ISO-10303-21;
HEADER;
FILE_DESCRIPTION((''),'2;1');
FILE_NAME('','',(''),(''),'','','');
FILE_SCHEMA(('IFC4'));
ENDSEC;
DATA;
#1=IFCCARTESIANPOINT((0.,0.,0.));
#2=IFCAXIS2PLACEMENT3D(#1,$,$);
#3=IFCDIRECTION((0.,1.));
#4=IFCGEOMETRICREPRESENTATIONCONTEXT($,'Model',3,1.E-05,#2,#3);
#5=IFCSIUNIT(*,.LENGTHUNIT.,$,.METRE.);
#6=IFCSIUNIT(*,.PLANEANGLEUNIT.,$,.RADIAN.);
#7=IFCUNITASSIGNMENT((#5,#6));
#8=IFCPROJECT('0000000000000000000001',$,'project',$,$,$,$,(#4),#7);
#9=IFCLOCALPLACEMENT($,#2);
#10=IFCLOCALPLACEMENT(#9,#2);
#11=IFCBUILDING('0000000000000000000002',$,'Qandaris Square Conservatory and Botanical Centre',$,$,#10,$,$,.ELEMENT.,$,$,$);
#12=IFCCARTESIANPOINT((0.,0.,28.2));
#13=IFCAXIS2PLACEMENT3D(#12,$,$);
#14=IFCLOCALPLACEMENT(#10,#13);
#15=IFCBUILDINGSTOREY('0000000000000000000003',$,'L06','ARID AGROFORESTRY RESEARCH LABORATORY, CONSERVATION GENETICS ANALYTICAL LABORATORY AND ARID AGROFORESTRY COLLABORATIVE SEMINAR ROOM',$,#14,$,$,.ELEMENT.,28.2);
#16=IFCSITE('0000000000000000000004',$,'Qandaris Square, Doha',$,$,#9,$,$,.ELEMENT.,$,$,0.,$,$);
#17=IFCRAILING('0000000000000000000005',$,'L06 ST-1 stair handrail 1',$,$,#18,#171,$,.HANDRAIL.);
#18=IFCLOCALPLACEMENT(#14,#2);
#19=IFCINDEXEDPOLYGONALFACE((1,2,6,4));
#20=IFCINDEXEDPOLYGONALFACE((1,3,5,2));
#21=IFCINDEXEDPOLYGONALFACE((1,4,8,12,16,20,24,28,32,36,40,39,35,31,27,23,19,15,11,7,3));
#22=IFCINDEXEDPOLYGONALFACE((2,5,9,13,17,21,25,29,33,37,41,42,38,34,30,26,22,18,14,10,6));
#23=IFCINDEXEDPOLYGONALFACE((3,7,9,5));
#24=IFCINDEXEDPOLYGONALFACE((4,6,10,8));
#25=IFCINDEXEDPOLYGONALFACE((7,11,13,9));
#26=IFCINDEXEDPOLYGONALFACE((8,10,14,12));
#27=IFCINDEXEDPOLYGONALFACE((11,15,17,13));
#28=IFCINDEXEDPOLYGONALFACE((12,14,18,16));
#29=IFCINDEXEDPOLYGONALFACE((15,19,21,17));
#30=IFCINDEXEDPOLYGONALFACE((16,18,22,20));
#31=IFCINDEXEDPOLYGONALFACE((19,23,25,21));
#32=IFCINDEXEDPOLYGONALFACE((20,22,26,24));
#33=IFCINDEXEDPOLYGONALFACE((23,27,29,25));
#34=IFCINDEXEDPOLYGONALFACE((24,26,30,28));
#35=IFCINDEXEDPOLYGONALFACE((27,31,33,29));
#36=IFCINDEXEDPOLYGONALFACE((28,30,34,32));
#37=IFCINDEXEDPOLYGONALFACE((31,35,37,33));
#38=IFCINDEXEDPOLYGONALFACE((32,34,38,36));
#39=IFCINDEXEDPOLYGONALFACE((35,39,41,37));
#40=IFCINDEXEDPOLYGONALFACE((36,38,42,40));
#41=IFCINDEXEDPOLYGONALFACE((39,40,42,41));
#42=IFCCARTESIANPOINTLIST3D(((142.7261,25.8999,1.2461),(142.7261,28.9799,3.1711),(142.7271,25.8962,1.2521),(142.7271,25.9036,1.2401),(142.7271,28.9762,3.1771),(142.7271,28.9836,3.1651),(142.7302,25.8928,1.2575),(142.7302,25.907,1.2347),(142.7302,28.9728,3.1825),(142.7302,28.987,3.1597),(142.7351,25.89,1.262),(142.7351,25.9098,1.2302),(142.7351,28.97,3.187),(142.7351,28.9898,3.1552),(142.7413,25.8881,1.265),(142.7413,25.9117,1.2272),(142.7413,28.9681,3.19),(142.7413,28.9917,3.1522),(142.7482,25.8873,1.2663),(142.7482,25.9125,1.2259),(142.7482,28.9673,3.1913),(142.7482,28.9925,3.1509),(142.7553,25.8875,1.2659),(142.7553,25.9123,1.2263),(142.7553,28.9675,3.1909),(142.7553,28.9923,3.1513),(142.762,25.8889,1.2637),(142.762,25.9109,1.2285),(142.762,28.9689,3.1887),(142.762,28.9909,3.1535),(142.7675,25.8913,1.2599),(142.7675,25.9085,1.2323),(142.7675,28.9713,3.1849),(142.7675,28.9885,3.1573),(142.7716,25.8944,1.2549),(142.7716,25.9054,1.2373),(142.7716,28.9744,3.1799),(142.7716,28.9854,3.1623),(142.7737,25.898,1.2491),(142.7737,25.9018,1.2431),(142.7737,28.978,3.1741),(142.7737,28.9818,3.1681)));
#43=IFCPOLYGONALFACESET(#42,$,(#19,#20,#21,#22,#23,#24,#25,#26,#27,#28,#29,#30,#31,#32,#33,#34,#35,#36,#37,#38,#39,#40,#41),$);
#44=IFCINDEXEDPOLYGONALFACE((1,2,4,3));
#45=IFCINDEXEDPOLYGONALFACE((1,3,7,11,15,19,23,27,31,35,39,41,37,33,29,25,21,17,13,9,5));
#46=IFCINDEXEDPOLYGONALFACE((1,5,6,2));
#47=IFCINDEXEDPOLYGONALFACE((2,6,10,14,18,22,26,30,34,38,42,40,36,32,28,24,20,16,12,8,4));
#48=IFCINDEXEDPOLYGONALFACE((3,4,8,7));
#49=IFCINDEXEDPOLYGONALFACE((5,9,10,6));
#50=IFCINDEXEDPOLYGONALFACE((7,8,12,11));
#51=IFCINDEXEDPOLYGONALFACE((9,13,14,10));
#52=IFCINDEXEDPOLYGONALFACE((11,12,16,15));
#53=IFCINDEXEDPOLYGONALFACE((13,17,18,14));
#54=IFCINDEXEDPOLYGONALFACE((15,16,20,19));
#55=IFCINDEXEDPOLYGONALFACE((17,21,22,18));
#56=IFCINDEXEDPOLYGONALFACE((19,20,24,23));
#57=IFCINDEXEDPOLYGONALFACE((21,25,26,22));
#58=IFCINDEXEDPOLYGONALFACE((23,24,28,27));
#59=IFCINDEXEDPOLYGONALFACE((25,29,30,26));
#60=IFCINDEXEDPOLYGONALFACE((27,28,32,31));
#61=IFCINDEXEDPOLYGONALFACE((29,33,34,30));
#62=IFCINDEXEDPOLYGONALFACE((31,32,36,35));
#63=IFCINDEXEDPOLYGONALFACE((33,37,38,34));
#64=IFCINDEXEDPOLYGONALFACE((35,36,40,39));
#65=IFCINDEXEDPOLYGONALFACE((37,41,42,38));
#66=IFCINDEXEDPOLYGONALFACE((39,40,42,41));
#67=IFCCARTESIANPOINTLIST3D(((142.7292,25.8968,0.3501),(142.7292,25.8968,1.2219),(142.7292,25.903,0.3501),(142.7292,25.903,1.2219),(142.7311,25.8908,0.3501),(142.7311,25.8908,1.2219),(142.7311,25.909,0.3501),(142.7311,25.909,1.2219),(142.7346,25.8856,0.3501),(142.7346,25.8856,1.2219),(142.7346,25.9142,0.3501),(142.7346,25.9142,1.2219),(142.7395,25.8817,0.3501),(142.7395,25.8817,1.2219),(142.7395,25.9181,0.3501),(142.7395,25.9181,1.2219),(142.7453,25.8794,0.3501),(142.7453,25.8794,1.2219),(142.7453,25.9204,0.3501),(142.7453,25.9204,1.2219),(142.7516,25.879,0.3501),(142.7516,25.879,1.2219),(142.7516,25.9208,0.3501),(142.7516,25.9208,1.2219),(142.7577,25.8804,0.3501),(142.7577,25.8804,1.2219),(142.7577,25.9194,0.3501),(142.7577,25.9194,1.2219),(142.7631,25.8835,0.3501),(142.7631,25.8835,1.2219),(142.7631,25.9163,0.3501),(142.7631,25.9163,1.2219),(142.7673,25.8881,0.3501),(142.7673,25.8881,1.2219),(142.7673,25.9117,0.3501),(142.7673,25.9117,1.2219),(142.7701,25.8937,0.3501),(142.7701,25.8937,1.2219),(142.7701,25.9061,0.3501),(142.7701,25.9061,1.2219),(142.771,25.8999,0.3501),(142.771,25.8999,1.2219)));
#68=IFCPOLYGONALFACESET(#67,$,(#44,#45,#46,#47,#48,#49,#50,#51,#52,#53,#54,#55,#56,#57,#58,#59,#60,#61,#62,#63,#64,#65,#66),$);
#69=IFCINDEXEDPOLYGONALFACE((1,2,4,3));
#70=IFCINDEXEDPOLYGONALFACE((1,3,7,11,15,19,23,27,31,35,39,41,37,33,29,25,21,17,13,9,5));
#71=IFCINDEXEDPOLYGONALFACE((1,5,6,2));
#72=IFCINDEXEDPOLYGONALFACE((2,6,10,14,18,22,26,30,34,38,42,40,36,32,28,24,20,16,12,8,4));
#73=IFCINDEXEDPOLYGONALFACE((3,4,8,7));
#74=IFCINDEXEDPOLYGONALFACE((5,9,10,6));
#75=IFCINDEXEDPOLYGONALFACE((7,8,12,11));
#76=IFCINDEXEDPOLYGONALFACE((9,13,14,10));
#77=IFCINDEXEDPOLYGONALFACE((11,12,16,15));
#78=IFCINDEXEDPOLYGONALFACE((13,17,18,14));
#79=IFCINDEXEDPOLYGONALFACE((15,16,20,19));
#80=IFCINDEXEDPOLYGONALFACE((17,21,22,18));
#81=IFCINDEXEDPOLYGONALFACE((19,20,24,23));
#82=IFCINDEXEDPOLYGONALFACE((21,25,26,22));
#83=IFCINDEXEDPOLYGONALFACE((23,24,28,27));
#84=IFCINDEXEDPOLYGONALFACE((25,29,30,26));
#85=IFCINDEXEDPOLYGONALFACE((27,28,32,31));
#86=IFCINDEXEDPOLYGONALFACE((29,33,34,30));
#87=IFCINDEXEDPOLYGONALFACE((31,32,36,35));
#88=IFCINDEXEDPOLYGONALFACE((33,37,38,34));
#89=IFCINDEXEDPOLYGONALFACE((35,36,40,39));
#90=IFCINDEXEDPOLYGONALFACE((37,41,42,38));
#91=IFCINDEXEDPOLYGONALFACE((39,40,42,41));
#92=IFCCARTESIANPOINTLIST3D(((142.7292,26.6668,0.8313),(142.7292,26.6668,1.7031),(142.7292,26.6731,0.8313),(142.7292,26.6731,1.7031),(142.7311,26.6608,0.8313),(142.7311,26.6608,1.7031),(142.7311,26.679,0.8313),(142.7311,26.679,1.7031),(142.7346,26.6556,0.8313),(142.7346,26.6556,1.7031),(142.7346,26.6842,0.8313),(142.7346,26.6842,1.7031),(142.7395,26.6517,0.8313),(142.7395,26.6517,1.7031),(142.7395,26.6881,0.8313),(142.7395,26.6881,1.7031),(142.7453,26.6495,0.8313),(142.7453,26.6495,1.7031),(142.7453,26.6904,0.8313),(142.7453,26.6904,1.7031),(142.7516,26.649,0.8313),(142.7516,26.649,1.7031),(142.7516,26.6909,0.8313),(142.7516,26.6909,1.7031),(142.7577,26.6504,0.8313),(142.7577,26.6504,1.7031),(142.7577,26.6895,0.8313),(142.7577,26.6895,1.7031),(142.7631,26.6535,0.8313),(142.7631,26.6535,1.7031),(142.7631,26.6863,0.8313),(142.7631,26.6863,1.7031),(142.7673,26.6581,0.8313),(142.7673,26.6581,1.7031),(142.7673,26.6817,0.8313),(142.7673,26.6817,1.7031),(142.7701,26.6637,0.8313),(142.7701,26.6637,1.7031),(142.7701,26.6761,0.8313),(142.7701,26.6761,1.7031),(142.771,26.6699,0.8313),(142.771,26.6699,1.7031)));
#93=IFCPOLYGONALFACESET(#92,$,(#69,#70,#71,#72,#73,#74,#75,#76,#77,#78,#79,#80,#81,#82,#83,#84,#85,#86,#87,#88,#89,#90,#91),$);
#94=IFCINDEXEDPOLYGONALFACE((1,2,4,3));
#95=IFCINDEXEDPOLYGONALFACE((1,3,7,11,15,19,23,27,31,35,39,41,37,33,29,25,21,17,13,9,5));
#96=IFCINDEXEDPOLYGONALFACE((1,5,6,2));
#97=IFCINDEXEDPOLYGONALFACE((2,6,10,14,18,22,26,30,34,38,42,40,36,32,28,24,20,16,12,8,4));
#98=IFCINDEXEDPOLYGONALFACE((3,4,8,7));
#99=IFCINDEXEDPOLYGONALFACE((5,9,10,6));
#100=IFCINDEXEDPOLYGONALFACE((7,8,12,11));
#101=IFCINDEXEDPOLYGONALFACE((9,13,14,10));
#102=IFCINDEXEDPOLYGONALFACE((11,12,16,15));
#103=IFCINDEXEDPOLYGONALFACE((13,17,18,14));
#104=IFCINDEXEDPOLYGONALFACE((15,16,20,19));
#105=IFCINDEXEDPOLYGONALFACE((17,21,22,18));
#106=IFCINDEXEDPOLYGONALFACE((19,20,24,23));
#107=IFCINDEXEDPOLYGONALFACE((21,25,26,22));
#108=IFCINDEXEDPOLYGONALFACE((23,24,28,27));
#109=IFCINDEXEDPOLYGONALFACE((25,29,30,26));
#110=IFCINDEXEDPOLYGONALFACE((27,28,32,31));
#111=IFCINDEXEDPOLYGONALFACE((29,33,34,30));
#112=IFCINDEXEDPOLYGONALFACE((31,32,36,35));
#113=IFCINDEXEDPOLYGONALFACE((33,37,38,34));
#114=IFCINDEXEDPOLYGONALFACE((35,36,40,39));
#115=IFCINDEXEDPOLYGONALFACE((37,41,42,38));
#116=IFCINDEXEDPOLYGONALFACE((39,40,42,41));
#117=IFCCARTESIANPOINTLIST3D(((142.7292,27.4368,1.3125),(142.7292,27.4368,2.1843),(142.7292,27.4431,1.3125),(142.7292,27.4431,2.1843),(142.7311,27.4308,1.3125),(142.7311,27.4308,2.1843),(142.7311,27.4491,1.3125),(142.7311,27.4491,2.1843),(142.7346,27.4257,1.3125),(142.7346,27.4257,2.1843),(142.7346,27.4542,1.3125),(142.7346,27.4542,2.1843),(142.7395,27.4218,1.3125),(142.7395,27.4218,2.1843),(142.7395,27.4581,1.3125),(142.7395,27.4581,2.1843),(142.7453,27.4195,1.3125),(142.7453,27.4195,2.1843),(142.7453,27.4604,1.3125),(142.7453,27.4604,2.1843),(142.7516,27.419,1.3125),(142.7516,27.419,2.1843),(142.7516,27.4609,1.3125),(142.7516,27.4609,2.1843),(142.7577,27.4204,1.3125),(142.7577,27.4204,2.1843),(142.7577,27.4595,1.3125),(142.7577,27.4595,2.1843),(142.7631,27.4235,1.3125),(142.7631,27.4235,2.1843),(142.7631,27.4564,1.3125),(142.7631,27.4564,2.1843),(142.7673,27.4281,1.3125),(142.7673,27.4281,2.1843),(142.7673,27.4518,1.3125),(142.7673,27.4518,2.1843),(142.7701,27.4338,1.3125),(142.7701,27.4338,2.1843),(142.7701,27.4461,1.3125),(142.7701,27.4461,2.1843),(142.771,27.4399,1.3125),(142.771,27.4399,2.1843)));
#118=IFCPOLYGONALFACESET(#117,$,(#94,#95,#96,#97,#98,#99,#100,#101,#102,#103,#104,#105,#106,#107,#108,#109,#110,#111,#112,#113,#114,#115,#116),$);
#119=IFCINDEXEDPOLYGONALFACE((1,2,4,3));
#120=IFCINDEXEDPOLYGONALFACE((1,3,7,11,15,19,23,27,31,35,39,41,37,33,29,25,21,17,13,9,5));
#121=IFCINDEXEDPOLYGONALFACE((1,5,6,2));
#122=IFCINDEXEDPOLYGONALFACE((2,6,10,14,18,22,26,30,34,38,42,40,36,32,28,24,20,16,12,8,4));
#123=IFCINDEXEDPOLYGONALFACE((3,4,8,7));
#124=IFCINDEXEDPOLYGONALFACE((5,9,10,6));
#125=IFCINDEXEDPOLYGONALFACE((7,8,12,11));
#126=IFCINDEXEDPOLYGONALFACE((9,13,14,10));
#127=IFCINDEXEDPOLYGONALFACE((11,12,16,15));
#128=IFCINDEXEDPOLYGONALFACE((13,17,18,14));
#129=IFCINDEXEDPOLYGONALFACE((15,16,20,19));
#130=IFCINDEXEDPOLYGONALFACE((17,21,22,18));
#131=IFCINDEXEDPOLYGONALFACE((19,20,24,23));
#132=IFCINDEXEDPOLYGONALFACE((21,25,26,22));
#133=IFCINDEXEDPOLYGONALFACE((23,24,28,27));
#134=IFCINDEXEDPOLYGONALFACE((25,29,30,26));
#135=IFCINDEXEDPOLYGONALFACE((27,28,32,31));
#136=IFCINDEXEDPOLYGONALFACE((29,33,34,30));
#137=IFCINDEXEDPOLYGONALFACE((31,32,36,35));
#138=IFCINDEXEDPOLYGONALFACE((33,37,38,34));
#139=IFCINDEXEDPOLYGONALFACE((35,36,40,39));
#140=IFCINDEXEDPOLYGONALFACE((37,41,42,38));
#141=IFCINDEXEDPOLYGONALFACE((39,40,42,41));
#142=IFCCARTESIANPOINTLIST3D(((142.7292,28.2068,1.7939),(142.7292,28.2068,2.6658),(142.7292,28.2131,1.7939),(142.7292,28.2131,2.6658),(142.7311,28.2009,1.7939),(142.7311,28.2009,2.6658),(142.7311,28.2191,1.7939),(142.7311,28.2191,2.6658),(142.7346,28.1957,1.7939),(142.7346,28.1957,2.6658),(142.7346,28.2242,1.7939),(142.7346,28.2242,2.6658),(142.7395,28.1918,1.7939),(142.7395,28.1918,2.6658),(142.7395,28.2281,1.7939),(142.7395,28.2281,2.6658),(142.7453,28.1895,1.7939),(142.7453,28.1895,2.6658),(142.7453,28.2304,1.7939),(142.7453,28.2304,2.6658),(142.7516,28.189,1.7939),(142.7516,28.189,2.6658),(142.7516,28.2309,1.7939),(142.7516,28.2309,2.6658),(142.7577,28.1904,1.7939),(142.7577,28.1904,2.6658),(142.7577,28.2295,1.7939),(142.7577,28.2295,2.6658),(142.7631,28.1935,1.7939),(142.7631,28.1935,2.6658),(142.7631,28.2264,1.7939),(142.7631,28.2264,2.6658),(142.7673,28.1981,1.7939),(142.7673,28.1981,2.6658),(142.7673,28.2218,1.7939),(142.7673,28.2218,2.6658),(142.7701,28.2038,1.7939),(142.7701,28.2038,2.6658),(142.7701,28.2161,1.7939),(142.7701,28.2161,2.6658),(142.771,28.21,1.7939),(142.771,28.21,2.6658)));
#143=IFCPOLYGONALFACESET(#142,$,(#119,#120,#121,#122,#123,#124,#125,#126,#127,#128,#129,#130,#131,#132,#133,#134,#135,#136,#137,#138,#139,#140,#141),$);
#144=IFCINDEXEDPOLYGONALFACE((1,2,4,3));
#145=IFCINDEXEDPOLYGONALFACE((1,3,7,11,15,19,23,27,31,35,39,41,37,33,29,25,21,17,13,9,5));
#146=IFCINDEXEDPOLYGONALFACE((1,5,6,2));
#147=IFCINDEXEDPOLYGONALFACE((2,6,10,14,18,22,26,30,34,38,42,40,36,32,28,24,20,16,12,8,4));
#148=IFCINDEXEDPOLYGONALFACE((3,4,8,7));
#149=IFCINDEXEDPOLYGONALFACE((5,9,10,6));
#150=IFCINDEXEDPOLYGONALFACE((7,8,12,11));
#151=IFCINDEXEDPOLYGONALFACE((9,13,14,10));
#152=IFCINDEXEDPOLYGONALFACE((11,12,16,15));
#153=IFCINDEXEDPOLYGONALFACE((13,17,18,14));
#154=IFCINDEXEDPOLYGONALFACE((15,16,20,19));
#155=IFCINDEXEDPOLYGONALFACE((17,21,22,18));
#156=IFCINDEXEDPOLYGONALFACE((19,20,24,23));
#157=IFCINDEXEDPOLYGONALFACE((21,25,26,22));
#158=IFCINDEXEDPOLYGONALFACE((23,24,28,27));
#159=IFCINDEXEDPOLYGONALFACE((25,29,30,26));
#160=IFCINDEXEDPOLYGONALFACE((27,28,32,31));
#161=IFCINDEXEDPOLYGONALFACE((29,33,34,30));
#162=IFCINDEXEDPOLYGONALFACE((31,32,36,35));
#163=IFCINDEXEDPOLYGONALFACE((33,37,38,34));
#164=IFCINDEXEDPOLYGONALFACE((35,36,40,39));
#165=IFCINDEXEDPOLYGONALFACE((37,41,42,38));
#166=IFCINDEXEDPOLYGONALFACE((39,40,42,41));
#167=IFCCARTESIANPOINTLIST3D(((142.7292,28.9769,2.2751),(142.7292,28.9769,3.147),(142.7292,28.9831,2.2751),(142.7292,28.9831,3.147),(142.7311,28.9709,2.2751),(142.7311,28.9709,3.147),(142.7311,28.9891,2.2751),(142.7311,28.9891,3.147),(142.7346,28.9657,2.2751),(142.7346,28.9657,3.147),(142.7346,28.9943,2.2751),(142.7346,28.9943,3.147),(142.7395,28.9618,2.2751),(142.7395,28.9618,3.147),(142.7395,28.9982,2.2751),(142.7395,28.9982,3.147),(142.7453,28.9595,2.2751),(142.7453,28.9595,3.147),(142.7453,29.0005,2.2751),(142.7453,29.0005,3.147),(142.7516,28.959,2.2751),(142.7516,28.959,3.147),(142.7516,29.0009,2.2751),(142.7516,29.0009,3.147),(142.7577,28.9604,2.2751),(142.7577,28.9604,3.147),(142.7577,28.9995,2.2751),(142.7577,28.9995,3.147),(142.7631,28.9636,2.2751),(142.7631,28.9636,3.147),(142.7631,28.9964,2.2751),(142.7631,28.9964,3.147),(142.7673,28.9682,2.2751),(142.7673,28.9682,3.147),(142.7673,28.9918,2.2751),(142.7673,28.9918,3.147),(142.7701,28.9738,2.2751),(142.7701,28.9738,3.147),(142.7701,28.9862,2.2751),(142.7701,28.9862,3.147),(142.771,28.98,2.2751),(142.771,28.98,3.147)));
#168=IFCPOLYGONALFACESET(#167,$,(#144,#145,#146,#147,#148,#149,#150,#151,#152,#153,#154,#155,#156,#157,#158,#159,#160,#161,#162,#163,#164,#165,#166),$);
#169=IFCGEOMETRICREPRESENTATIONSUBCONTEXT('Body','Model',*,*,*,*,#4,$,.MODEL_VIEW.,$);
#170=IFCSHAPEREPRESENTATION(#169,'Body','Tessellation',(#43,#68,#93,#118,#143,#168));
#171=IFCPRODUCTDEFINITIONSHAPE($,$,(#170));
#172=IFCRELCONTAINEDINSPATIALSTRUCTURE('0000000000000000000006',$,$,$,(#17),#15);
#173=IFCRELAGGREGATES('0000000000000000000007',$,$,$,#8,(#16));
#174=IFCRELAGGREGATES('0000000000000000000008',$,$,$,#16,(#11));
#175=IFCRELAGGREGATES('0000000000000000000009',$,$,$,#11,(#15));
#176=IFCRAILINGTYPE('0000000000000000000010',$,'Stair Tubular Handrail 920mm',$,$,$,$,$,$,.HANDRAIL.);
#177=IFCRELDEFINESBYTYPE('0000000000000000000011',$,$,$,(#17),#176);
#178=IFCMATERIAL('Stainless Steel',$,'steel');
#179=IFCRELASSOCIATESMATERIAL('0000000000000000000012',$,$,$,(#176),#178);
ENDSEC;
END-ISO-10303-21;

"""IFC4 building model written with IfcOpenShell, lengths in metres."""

from ifc_helpers import new_model, si_unit, direction, frame, origin, origin_2d, place, context, subcontext, project, spatial, circle, extrude, material, type_object, element, save


model = new_model("IFC4")

# Units and contexts
model_context = context("Model", 3, precision=1e-05, world=origin(), true_north=direction((0.0, 1.0)))
body_context = subcontext(model_context, "Body", "Model", "MODEL_VIEW")
ifc_project = project(units=[si_unit("LENGTHUNIT", "METRE"), si_unit("PLANEANGLEUNIT", "RADIAN")], contexts=[model_context])

# Site, building, storey
site_placement = place(None, origin())
site = spatial("IfcSite", under=ifc_project, at=site_placement, Name="Qandaris Square, Doha", CompositionType="ELEMENT", RefElevation=0.0)
building_placement = place(site_placement, origin())
building = spatial("IfcBuilding", under=site, at=building_placement, Name="Qandaris Square Conservatory and Botanical Centre", CompositionType="ELEMENT")
storey_placement = place(building_placement, frame((0.0, 0.0, 28.2)))
storey = spatial("IfcBuildingStorey", under=building, at=storey_placement, Name="L06", Description="ARID AGROFORESTRY RESEARCH LABORATORY, CONSERVATION GENETICS ANALYTICAL LABORATORY AND ARID AGROFORESTRY COLLABORATIVE SEMINAR ROOM", CompositionType="ELEMENT", Elevation=28.2)

# Railing
ifc_material_1 = material(Name="Stainless Steel", Category="steel")
railing_type = type_object("IfcRailingType", Name="Stair Tubular Handrail 920mm", PredefinedType="HANDRAIL", material=ifc_material_1)
railing_placement = place(storey_placement, frame((142.75, 25.8999, 0.3501)))
element("IfcRailing", 1, at=railing_placement, inside=storey, type_object=railing_type, Name="L06 ST-1 stair handrail 1", PredefinedType="HANDRAIL", context=body_context, shape_type="SweptSolid", body=[
    extrude(circle(Radius=0.0239, at=origin_2d()), frame((0.0, 0.0, 0.896), z_axis=(0.0, 0.847998, 0.529999), x_axis=(-1.0, 0.0, 0.0)), (0.0, 0.0, 1.0), 3.6321),
    extrude(circle(Radius=0.021, at=origin_2d()), origin(), (0.0, 0.0, 1.0), 0.8718),
    extrude(circle(Radius=0.021, at=origin_2d()), frame((0.0, 0.77, 0.4812)), (0.0, 0.0, 1.0), 0.8718),
    extrude(circle(Radius=0.021, at=origin_2d()), frame((0.0, 1.54, 0.9624)), (0.0, 0.0, 1.0), 0.8718),
    extrude(circle(Radius=0.021, at=origin_2d()), frame((0.0, 2.3101, 1.4438)), (0.0, 0.0, 1.0), 0.8718),
    extrude(circle(Radius=0.021, at=origin_2d()), frame((0.0, 3.0801, 1.925)), (0.0, 0.0, 1.0), 0.8718),
])

save(model, "model.ifc")
